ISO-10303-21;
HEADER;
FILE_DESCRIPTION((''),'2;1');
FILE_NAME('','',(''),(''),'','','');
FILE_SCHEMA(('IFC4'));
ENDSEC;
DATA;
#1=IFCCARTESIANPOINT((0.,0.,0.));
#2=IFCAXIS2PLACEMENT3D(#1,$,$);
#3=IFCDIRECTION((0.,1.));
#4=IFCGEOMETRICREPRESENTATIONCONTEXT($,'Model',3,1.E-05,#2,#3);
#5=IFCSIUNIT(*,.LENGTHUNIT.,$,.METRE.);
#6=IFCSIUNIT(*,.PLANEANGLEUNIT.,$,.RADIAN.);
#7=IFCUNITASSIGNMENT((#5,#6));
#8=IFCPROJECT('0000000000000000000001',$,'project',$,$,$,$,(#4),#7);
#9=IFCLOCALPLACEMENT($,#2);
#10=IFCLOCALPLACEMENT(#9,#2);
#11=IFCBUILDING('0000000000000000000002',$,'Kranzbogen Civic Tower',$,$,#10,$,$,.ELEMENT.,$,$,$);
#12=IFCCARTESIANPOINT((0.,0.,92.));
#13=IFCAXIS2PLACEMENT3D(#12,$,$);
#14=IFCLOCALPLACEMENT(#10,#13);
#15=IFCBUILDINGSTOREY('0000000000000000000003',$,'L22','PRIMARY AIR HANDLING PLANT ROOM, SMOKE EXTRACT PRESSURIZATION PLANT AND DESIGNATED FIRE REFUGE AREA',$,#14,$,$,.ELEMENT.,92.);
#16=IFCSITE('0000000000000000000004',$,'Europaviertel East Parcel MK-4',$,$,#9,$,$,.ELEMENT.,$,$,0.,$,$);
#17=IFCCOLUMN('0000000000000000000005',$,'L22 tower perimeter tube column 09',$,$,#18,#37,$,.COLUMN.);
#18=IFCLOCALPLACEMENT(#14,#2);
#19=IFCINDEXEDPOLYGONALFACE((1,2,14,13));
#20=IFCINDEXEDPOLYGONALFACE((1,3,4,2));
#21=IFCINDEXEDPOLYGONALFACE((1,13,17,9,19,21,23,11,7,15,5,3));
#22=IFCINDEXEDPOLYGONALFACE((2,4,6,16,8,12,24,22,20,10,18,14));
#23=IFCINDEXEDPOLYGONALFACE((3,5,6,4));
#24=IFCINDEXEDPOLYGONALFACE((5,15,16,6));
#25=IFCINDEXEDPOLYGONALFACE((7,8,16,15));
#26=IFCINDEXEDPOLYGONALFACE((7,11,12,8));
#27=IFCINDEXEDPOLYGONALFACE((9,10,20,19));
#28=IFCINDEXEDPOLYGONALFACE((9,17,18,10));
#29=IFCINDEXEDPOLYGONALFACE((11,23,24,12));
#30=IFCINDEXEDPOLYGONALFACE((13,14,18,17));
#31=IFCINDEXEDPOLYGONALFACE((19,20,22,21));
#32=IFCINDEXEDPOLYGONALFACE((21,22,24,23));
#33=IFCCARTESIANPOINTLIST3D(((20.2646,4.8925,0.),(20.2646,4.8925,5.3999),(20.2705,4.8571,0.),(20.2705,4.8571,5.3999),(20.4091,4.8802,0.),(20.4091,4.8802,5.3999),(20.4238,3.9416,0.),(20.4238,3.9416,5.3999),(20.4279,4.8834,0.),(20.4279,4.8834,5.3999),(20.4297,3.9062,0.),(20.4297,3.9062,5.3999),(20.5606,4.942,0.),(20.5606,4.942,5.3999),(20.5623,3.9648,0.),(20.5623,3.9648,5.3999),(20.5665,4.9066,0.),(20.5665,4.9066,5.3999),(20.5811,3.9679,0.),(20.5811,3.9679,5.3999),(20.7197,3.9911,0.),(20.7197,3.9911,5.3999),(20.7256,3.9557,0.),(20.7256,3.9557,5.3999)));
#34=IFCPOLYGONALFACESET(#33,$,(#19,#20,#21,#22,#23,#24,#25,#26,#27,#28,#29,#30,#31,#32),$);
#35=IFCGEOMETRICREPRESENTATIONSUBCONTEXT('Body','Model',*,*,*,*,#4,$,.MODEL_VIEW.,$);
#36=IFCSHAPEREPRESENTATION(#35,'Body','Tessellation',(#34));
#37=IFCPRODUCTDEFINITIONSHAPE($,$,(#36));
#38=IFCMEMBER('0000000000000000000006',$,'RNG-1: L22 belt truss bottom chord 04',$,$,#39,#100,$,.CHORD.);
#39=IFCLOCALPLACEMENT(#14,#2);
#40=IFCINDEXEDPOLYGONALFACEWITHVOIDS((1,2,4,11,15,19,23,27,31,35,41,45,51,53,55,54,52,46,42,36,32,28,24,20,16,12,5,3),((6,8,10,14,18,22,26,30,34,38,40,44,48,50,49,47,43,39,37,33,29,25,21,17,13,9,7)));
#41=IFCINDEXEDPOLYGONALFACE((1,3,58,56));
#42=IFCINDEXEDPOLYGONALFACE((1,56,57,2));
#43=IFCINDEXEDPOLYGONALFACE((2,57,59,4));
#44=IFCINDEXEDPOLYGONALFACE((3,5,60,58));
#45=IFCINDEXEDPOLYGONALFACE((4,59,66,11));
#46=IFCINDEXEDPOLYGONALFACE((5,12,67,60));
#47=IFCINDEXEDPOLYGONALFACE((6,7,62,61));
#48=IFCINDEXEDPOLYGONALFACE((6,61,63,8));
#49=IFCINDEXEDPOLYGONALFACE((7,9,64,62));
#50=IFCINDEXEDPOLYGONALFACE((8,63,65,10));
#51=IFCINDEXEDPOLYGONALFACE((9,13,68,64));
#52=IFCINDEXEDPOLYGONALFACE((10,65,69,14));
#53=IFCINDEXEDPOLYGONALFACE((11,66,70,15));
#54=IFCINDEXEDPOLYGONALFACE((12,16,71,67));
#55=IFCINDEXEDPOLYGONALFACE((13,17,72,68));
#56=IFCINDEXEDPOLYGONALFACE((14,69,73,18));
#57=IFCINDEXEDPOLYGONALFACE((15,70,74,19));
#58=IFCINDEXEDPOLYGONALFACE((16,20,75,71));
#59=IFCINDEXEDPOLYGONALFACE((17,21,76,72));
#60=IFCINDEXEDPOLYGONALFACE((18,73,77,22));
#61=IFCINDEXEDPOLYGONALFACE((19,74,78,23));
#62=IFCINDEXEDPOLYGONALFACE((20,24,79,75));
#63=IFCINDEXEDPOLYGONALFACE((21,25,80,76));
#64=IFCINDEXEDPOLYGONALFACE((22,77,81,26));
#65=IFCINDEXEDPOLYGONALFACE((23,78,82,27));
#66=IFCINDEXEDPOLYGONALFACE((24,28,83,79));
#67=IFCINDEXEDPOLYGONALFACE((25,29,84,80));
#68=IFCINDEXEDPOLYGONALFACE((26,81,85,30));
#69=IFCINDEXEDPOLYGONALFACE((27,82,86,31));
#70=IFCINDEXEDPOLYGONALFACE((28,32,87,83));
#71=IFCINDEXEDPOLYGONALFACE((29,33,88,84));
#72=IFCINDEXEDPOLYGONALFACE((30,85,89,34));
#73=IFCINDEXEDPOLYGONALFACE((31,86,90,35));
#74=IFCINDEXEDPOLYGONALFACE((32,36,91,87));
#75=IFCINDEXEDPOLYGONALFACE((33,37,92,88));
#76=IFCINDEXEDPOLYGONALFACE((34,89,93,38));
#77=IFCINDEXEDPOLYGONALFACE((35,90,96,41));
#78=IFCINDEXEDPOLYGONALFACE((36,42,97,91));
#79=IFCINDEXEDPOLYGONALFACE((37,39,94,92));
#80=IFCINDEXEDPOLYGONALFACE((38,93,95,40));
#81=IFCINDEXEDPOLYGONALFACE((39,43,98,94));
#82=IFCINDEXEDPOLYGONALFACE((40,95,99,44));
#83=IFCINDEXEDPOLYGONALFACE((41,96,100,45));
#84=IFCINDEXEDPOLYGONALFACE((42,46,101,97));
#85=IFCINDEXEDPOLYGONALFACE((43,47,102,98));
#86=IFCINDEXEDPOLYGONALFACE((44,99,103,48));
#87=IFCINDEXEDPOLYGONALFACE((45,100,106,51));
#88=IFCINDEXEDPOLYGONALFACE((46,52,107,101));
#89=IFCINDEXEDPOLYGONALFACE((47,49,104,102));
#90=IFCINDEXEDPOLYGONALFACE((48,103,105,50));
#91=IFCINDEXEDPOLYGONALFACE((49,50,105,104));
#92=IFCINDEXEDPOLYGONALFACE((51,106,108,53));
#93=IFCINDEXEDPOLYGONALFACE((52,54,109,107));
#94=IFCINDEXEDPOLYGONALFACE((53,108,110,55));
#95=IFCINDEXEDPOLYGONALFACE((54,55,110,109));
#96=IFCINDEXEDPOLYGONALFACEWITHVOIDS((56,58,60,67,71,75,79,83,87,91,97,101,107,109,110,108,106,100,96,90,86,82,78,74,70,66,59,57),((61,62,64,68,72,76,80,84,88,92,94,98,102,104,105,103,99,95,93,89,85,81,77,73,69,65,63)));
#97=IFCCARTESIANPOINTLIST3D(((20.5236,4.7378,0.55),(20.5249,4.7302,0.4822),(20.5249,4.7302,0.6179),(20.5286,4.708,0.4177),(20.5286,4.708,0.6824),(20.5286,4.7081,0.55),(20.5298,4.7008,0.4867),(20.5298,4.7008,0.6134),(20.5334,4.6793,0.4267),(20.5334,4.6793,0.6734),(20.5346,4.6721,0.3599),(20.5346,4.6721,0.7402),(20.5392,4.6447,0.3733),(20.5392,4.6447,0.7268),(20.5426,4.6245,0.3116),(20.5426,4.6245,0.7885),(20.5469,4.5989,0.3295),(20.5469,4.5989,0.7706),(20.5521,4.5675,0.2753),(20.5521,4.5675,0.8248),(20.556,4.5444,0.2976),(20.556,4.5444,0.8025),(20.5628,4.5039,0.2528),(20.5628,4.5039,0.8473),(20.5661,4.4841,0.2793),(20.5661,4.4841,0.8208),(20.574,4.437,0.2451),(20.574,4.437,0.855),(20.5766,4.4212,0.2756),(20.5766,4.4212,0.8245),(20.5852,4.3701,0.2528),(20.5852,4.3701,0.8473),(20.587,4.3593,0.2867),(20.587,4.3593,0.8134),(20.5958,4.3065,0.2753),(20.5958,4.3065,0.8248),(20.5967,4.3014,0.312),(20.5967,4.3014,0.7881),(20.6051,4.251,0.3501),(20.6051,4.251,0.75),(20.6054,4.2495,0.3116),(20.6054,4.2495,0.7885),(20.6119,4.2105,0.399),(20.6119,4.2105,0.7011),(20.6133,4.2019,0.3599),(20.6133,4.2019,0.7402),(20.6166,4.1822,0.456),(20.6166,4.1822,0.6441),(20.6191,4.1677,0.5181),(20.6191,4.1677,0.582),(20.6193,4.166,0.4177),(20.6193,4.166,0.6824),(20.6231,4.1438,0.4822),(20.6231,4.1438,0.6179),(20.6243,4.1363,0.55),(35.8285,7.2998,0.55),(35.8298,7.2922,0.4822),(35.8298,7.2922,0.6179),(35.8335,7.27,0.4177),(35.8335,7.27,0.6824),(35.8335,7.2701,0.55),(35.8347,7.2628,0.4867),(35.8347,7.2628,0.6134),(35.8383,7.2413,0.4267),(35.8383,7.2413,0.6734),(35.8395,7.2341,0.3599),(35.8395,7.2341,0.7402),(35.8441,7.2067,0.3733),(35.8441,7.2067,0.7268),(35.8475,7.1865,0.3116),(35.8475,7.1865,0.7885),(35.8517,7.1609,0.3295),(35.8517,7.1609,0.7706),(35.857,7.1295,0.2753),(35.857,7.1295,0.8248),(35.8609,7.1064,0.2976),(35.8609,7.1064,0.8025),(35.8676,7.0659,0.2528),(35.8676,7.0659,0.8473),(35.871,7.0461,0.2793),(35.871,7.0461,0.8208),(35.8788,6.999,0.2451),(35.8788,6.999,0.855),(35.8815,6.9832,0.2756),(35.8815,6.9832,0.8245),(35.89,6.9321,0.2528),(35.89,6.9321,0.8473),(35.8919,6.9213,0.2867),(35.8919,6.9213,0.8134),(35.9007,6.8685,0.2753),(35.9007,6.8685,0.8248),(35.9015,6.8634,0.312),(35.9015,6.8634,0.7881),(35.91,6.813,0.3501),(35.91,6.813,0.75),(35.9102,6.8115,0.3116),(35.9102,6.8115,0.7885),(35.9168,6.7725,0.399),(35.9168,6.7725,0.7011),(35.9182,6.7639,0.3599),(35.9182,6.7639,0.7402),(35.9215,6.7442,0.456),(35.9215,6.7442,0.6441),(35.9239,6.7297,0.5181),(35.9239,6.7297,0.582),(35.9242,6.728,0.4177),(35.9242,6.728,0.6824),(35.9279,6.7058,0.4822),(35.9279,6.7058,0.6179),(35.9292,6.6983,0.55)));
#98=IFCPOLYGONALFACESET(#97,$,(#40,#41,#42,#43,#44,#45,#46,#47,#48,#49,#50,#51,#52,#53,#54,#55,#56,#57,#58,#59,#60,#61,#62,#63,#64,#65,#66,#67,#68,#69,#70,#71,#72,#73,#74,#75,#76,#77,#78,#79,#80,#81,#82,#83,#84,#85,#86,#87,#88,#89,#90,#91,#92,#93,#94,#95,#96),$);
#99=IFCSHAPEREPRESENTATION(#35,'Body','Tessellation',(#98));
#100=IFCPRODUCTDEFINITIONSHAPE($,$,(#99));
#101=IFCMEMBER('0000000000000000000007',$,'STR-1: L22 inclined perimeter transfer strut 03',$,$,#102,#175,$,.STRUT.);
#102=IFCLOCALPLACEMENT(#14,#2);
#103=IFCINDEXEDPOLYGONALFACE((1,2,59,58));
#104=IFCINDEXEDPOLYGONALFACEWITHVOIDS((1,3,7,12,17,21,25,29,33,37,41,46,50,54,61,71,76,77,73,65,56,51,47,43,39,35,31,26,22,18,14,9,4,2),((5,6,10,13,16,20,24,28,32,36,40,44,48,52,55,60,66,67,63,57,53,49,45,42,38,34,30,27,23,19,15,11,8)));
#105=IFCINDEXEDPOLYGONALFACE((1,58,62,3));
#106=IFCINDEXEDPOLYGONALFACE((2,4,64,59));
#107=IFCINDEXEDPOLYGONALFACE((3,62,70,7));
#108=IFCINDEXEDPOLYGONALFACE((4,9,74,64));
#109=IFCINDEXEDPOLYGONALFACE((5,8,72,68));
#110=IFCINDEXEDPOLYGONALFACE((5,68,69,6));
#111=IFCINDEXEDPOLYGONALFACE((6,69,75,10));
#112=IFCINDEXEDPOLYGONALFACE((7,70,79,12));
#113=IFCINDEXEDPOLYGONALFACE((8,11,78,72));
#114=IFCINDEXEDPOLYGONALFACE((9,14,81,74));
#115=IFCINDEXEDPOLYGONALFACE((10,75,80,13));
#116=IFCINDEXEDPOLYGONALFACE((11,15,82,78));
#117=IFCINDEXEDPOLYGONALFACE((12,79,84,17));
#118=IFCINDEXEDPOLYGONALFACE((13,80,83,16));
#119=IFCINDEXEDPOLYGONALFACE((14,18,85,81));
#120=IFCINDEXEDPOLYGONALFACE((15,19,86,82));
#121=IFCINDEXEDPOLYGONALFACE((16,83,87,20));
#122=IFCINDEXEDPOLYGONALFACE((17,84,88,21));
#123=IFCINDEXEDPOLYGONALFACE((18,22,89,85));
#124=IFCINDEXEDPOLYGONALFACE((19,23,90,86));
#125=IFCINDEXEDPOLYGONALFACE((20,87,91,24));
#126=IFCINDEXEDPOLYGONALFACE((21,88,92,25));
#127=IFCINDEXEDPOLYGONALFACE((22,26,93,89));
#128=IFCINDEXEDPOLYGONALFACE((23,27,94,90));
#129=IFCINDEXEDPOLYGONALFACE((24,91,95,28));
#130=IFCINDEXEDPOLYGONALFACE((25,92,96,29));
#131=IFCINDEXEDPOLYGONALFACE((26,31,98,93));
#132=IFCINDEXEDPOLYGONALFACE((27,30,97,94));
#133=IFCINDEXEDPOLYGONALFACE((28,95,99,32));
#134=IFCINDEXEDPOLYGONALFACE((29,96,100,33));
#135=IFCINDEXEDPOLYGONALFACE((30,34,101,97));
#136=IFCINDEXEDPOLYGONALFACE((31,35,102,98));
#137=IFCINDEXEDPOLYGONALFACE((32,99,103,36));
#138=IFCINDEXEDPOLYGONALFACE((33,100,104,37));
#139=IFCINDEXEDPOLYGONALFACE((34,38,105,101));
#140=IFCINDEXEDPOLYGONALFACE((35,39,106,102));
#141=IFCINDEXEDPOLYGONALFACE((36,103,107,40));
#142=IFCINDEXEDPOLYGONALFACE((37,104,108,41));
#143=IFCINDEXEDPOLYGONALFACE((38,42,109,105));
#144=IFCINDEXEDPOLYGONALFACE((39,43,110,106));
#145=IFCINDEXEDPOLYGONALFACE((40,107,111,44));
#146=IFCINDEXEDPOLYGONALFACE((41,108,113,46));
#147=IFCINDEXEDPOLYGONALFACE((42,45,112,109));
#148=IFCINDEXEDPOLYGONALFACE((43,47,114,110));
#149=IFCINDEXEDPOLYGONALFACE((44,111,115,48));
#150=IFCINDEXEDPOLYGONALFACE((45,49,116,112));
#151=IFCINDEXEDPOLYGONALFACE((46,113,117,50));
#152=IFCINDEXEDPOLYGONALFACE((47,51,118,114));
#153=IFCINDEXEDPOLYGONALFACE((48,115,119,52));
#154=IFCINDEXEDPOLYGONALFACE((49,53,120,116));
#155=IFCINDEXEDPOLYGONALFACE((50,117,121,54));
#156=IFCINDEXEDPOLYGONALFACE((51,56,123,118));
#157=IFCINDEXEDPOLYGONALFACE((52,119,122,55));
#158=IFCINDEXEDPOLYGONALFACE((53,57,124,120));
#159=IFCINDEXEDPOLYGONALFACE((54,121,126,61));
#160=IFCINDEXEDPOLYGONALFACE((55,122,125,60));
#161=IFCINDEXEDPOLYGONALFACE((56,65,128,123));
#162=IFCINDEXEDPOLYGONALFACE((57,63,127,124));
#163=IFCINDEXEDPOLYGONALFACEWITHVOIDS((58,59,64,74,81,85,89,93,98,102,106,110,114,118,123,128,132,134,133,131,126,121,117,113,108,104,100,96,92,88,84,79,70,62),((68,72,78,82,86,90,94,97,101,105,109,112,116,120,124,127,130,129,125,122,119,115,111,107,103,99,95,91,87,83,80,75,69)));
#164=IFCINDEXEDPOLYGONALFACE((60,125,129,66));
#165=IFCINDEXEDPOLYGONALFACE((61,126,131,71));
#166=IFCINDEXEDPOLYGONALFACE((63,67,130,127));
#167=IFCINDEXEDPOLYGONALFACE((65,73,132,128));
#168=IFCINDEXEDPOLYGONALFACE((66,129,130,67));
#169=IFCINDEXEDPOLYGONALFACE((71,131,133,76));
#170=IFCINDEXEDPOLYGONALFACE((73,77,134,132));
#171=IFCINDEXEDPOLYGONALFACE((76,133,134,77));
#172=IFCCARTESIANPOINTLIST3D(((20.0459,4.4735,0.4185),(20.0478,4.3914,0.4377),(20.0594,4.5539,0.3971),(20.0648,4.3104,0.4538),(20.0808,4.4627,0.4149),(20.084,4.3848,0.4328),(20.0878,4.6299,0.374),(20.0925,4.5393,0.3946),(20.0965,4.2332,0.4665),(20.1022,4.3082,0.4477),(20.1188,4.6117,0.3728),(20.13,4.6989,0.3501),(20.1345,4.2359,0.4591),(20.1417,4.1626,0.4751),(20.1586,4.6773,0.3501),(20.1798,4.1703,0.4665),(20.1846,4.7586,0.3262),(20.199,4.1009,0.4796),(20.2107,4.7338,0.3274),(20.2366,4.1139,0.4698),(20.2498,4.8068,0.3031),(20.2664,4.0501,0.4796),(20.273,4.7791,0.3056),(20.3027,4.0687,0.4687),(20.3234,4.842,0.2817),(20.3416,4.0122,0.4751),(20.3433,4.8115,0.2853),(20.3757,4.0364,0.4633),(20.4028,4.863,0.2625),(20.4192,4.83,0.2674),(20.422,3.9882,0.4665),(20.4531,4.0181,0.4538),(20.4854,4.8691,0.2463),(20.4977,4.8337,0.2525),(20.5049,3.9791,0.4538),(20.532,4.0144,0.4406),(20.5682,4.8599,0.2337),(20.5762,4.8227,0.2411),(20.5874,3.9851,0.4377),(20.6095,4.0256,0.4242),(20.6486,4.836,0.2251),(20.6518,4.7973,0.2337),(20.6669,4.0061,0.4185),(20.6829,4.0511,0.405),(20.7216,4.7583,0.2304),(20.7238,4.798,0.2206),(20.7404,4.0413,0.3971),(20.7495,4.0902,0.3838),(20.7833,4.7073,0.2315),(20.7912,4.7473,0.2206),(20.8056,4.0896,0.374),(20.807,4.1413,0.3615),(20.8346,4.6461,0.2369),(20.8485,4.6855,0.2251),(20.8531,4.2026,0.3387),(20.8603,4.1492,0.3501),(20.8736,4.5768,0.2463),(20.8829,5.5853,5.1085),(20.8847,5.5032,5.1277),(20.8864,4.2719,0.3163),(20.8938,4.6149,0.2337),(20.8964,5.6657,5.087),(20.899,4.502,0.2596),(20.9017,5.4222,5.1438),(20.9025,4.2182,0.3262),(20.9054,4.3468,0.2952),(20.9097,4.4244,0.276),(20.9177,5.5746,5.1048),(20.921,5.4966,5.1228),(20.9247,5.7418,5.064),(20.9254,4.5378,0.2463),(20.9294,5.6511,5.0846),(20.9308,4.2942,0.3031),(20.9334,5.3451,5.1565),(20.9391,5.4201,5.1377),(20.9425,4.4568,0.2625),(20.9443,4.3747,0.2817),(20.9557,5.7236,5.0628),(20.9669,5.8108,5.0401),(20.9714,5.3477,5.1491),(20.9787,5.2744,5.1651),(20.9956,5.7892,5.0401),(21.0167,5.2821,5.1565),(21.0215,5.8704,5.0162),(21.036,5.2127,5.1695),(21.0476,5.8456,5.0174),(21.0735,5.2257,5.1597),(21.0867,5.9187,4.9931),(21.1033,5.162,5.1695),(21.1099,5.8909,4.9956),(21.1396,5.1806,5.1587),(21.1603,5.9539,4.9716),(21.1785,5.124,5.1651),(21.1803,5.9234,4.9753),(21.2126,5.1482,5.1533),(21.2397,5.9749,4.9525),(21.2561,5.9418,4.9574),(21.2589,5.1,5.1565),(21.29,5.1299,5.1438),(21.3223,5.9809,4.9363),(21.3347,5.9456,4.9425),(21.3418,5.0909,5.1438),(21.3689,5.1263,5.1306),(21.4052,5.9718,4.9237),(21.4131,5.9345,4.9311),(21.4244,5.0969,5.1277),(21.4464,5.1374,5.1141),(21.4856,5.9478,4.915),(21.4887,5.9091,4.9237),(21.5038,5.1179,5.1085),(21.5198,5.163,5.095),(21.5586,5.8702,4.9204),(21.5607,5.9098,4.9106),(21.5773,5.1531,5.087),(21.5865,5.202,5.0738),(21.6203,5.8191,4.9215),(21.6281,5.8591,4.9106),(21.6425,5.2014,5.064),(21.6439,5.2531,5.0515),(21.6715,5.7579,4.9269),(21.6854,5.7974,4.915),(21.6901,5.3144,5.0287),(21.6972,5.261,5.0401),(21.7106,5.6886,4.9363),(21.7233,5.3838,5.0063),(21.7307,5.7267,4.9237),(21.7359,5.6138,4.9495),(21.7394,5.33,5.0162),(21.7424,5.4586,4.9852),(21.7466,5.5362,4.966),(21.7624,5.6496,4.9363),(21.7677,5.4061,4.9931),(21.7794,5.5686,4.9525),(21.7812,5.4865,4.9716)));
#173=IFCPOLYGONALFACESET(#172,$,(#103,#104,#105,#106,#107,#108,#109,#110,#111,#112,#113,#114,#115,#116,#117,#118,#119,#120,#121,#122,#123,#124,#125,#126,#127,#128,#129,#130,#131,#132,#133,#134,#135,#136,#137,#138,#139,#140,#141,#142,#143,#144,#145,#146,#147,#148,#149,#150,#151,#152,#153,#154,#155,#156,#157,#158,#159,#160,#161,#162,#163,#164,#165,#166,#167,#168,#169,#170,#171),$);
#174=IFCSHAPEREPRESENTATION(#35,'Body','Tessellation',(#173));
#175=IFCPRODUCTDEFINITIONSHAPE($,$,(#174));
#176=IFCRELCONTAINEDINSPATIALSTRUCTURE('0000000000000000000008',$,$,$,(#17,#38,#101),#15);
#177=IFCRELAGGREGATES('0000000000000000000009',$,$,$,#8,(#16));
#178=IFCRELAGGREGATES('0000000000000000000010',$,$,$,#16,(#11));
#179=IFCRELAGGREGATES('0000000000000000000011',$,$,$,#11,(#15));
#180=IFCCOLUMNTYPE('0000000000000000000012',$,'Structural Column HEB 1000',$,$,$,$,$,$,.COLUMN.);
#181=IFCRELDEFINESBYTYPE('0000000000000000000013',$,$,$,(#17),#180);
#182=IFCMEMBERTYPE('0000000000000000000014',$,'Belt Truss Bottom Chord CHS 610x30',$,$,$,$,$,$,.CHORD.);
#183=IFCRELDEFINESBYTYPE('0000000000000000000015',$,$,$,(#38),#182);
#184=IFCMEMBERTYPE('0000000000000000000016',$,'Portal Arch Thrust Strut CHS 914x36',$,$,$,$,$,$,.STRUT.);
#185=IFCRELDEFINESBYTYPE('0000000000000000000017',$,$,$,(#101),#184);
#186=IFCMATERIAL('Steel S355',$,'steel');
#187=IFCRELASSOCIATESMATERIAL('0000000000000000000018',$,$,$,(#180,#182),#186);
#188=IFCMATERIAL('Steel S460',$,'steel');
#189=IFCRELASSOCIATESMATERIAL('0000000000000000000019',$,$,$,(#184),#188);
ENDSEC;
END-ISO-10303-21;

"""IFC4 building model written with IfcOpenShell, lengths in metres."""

from ifc_helpers import new_model, si_unit, direction, frame, origin, origin_2d, place, context, subcontext, project, spatial, hollow_circle, i_section, extrude, material, material_profile, profile_set, type_object, element, save


model = new_model("IFC4")

# Units and contexts
model_context = context("Model", 3, precision=1e-05, world=origin(), true_north=direction((0.0, 1.0)))
body_context = subcontext(model_context, "Body", "Model", "MODEL_VIEW")
ifc_project = project(units=[si_unit("LENGTHUNIT", "METRE"), si_unit("PLANEANGLEUNIT", "RADIAN")], contexts=[model_context])

# Site, building, storey
site_placement = place(None, origin())
site = spatial("IfcSite", under=ifc_project, at=site_placement, Name="Europaviertel East Parcel MK-4", CompositionType="ELEMENT", RefElevation=0.0)
building_placement = place(site_placement, origin())
building = spatial("IfcBuilding", under=site, at=building_placement, Name="Kranzbogen Civic Tower", CompositionType="ELEMENT")
storey_placement = place(building_placement, frame((0.0, 0.0, 92.0)))
storey = spatial("IfcBuildingStorey", under=building, at=storey_placement, Name="L22", Description="PRIMARY AIR HANDLING PLANT ROOM, SMOKE EXTRACT PRESSURIZATION PLANT AND DESIGNATED FIRE REFUGE AREA", CompositionType="ELEMENT", Elevation=92.0)

# Column
ifc_material_1 = material(Name="Steel S355", Category="steel")
ifc_material_profile_1 = material_profile(ifc_material_1, i_section(OverallWidth=0.3, OverallDepth=1.0, WebThickness=0.019, FlangeThickness=0.0359, at=origin_2d()), Name="HEB 1000")
ifc_profile_set_1 = profile_set([ifc_material_profile_1], Name="Steel S355")
column_type = type_object("IfcColumnType", Name="Structural Column HEB 1000", PredefinedType="COLUMN", material=ifc_profile_set_1)
column_placement = place(storey_placement, frame((20.4951, 4.4241, 0.0), z_axis=(0.0, 0.0, 1.0), x_axis=(0.986286, 0.165048, 0.0)))
element("IfcColumn", 1, at=column_placement, inside=storey, type_object=column_type, Name="L22 tower perimeter tube column 09", PredefinedType="COLUMN", context=body_context, shape_type="SweptSolid", body=[
    extrude(i_section(OverallWidth=0.3, OverallDepth=1.0, WebThickness=0.019, FlangeThickness=0.0359, at=origin_2d()), origin(), (0.0, 0.0, 1.0), 5.3999),
])

# Members
ifc_material_profile_2 = material_profile(ifc_material_1, hollow_circle(Radius=0.3049, WallThickness=0.03, at=origin_2d()), Name="CHS 610x30")
ifc_profile_set_2 = profile_set([ifc_material_profile_2], Name="Steel S355")
member_type_1 = type_object("IfcMemberType", Name="Belt Truss Bottom Chord CHS 610x30", PredefinedType="CHORD", material=ifc_profile_set_2)
member_1_placement = place(storey_placement, frame((20.574, 4.437, 0.55), z_axis=(0.986277, 0.165101, 0.0), x_axis=(-0.165101, 0.986277, 0.0)))
element("IfcMember", 2, at=member_1_placement, inside=storey, type_object=member_type_1, Name="RNG-1: L22 belt truss bottom chord 04", PredefinedType="CHORD", context=body_context, shape_type="SweptSolid", body=[
    extrude(hollow_circle(Radius=0.3049, WallThickness=0.03, at=origin_2d()), origin(), (0.0, 0.0, 1.0), 15.5178),
])
ifc_material_2 = material(Name="Steel S460", Category="steel")
ifc_material_profile_3 = material_profile(ifc_material_2, hollow_circle(Radius=0.457, WallThickness=0.0359, at=origin_2d()), Name="CHS 914x36")
ifc_profile_set_3 = profile_set([ifc_material_profile_3], Name="Steel S460")
member_type_2 = type_object("IfcMemberType", Name="Portal Arch Thrust Strut CHS 914x36", PredefinedType="STRUT", material=ifc_profile_set_3)
member_2_placement = place(storey_placement, frame((20.4951, 4.4241, 0.3501), z_axis=(0.171077, 0.22727, 0.958687), x_axis=(-0.798946, 0.601403, 0.0)))
element("IfcMember", 3, at=member_2_placement, inside=storey, type_object=member_type_2, Name="STR-1: L22 inclined perimeter transfer strut 03", PredefinedType="STRUT", context=body_context, shape_type="SweptSolid", body=[
    extrude(hollow_circle(Radius=0.457, WallThickness=0.0359, at=origin_2d()), origin(), (0.0, 0.0, 1.0), 4.8921),
])

save(model, "model.ifc")
